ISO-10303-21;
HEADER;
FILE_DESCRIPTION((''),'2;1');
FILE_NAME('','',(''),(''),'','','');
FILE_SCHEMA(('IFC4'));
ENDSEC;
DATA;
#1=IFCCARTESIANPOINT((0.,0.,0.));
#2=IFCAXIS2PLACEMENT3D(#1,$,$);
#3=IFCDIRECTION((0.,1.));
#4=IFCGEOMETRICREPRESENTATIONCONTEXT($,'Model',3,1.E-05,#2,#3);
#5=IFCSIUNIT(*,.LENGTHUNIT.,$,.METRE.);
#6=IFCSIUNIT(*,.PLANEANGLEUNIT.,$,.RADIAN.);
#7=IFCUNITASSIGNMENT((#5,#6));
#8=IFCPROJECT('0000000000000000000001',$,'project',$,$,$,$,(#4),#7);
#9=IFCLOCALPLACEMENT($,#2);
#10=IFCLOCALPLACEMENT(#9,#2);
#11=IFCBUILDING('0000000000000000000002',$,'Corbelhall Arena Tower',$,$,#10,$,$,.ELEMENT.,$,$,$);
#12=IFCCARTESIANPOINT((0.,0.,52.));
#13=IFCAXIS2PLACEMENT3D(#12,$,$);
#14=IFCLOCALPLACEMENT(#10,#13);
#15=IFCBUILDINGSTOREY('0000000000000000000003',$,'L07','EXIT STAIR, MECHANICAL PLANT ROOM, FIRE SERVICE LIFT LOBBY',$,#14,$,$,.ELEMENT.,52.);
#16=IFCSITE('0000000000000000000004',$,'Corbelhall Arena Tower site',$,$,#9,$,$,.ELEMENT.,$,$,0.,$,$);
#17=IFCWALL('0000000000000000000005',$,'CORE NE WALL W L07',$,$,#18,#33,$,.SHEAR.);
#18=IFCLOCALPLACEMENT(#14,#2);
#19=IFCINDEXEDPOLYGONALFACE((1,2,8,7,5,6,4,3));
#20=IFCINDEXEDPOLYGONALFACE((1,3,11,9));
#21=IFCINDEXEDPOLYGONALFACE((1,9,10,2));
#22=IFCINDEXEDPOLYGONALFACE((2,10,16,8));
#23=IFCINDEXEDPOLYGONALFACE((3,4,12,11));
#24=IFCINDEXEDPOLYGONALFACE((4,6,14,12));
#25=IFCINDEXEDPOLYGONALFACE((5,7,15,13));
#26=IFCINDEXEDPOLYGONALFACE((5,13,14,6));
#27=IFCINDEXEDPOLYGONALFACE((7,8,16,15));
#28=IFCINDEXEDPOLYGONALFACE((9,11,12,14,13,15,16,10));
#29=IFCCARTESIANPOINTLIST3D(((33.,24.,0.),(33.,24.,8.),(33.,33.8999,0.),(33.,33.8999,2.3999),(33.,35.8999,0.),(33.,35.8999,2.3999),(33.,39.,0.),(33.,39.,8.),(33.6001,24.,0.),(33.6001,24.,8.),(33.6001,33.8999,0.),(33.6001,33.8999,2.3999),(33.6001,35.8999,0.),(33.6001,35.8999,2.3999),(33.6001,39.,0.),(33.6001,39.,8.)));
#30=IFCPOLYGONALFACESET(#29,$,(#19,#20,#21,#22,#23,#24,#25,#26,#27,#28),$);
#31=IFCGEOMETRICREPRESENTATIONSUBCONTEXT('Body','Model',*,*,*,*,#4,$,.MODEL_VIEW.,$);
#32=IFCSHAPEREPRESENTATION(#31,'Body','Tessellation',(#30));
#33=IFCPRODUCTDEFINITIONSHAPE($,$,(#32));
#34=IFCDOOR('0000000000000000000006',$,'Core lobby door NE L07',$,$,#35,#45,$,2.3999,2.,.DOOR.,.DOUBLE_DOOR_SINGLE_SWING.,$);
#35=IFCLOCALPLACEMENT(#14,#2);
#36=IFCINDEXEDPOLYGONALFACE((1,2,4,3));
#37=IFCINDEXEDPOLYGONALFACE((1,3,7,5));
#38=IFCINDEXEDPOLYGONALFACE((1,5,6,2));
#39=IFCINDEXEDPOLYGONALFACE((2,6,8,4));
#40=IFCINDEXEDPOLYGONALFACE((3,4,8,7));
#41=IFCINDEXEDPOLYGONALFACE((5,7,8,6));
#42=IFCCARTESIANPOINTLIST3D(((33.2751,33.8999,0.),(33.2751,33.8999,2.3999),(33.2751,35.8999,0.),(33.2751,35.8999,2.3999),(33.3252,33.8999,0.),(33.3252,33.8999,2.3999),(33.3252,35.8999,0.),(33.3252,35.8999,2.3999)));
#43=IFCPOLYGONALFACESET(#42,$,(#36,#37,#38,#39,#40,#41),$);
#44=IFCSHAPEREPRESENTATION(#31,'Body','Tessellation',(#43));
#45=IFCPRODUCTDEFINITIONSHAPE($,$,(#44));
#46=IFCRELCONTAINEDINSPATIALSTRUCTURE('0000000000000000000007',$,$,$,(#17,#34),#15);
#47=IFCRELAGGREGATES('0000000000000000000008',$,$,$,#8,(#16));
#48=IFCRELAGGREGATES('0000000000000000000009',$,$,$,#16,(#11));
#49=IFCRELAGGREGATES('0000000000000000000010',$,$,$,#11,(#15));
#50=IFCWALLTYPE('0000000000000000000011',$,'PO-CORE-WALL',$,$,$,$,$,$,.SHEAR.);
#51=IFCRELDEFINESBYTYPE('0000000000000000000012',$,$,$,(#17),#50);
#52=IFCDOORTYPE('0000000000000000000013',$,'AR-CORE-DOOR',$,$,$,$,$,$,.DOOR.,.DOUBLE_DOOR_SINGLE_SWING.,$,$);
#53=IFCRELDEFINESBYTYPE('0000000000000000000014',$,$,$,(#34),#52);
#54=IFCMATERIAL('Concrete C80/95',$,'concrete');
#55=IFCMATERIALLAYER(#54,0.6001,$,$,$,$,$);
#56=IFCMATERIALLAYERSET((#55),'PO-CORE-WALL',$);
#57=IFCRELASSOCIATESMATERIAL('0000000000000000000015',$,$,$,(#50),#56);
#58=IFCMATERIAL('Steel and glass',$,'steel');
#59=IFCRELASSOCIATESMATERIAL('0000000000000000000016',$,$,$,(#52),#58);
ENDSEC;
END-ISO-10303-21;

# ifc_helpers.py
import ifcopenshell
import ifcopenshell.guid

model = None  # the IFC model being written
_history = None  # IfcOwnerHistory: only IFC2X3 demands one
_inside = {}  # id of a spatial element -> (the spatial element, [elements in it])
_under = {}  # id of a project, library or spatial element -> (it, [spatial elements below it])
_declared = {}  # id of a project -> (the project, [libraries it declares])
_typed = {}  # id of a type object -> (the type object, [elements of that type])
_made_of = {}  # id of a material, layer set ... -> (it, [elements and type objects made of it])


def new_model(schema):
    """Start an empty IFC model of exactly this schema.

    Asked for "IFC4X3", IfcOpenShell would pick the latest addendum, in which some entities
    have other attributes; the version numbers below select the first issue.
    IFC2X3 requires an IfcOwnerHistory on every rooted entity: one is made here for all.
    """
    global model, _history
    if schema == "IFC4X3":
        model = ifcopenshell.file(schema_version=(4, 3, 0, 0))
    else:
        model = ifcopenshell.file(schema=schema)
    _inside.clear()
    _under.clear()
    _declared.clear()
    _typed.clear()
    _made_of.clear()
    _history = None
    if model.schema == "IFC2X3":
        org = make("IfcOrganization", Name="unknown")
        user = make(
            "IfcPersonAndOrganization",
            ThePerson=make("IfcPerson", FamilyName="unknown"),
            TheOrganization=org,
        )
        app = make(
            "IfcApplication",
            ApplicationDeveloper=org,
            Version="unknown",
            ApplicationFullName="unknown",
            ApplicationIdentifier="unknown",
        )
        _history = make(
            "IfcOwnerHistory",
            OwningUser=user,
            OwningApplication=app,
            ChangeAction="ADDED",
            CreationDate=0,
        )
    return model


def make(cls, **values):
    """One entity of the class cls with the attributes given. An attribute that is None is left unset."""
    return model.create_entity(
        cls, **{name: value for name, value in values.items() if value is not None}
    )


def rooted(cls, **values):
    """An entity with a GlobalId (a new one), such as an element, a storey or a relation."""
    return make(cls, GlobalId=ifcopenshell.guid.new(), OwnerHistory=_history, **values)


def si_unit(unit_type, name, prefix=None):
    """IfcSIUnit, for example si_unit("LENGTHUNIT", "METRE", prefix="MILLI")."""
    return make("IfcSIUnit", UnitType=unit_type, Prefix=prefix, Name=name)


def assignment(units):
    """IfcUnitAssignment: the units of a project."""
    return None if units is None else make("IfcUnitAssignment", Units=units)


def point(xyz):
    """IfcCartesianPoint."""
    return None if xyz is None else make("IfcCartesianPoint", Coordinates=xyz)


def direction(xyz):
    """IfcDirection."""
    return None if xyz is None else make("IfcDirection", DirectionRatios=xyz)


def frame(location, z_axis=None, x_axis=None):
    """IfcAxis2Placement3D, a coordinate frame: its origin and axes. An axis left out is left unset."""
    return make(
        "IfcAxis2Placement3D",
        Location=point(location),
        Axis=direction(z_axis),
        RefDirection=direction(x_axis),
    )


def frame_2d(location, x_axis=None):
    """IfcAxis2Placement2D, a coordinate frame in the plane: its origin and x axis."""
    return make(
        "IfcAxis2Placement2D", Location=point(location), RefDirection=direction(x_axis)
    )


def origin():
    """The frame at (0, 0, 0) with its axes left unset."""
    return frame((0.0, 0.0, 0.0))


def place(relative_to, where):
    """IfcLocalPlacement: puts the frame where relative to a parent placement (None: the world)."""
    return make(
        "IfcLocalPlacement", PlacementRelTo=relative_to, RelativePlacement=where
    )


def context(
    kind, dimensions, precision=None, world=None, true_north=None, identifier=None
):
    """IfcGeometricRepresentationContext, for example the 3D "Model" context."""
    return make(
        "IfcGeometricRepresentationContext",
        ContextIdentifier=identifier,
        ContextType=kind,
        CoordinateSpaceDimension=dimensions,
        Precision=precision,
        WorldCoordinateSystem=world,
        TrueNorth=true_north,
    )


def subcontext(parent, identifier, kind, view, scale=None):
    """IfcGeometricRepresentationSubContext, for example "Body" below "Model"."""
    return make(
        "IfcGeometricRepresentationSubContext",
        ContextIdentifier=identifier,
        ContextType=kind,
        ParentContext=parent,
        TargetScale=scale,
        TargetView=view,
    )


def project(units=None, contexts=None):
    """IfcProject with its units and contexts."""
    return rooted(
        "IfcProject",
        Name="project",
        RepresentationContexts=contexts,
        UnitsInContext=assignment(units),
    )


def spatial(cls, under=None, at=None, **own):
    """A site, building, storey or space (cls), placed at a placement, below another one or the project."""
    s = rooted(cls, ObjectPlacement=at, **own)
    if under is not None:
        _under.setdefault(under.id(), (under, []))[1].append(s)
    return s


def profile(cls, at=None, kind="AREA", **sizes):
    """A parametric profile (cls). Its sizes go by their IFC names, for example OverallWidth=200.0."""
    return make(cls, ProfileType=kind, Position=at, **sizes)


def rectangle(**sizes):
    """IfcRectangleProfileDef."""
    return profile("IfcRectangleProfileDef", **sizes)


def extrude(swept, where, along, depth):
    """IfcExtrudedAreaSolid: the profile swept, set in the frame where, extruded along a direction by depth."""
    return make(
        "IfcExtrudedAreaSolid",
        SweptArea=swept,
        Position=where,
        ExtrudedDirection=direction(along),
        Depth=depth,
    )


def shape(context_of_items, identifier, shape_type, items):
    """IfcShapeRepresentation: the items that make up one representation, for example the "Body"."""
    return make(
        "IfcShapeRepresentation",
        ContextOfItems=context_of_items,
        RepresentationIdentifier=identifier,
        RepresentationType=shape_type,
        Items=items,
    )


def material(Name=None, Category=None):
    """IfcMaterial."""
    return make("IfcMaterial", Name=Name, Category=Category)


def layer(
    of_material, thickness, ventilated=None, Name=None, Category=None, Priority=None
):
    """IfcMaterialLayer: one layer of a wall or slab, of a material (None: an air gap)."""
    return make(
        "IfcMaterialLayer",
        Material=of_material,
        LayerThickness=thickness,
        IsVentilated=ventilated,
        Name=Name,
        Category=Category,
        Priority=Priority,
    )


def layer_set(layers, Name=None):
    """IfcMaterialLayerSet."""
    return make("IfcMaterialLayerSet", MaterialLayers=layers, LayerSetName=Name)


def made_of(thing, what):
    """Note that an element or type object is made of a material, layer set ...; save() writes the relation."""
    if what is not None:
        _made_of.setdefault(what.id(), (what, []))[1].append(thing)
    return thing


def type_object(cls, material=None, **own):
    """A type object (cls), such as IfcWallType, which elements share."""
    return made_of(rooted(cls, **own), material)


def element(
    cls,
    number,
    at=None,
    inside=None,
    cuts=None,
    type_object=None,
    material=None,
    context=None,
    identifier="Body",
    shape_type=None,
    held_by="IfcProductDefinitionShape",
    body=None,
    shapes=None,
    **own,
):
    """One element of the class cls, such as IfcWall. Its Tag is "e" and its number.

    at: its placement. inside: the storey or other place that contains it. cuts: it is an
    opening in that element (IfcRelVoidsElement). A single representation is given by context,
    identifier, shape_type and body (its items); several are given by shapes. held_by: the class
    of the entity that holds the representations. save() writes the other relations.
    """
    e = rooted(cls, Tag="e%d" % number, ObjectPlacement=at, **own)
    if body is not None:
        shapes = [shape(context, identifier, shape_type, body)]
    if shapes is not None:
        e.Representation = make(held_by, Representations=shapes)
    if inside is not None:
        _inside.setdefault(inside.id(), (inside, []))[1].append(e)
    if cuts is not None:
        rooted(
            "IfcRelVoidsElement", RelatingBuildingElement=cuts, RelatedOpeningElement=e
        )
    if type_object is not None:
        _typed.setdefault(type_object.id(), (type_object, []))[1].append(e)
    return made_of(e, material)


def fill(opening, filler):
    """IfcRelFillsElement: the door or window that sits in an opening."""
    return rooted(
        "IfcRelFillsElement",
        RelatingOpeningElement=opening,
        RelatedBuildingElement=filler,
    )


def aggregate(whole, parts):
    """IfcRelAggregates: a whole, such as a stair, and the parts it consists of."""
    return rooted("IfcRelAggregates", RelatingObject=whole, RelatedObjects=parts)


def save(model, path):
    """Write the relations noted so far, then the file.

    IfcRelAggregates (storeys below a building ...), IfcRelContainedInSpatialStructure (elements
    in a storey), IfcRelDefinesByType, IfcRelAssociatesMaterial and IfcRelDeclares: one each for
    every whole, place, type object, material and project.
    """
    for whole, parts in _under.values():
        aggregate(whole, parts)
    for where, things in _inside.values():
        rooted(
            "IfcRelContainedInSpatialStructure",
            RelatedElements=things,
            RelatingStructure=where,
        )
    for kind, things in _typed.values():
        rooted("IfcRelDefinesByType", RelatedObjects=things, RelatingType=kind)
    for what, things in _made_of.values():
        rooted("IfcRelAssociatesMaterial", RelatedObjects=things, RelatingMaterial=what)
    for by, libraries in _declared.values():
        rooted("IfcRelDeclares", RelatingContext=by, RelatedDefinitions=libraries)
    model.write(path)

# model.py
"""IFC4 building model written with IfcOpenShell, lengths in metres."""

from ifc_helpers import new_model, si_unit, direction, frame, frame_2d, origin, place, context, subcontext, project, spatial, rectangle, extrude, material, layer, layer_set, type_object, element, fill, save


model = new_model("IFC4")

# Units and contexts
model_context = context("Model", 3, precision=1e-05, world=origin(), true_north=direction((0.0, 1.0)))
body_context = subcontext(model_context, "Body", "Model", "MODEL_VIEW")
ifc_project = project(units=[si_unit("LENGTHUNIT", "METRE"), si_unit("PLANEANGLEUNIT", "RADIAN")], contexts=[model_context])

# Site, building, storey
site_placement = place(None, origin())
site = spatial("IfcSite", under=ifc_project, at=site_placement, Name="Corbelhall Arena Tower site", CompositionType="ELEMENT", RefElevation=0.0)
building_placement = place(site_placement, origin())
building = spatial("IfcBuilding", under=site, at=building_placement, Name="Corbelhall Arena Tower", CompositionType="ELEMENT")
storey_placement = place(building_placement, frame((0.0, 0.0, 52.0)))
storey = spatial("IfcBuildingStorey", under=building, at=storey_placement, Name="L07", Description="EXIT STAIR, MECHANICAL PLANT ROOM, FIRE SERVICE LIFT LOBBY", CompositionType="ELEMENT", Elevation=52.0)

# Shared definitions
ifc_material_1 = material(Name="Concrete C80/95", Category="concrete")
ifc_layer_1 = layer(ifc_material_1, 0.6001)
ifc_layer_set_1 = layer_set([ifc_layer_1], Name="PO-CORE-WALL")
wall_type_1 = type_object("IfcWallType", Name="PO-CORE-WALL", PredefinedType="SHEAR", material=ifc_layer_set_1)
ifc_material_2 = material(Name="Steel and glass", Category="steel")

# Wall, opening, door
wall_1_placement = place(storey_placement, frame((33.3, 24.0, 0.0), z_axis=(0.0, 0.0, 1.0), x_axis=(0.0, 1.0, 0.0)))
wall_1 = element("IfcWall", 1, at=wall_1_placement, inside=storey, type_object=wall_type_1, Name="CORE NE WALL W L07", PredefinedType="SHEAR", context=body_context, shape_type="SweptSolid", body=[
    extrude(rectangle(XDim=15.0, YDim=0.6001, at=frame_2d((7.5, 0.0))), origin(), (0.0, 0.0, 1.0), 8.0),
])
opening_1_placement = place(wall_1_placement, frame((9.8999, 0.0, 0.0)))
opening_1 = element("IfcOpeningElement", 2, at=opening_1_placement, cuts=wall_1, PredefinedType="OPENING", context=body_context, shape_type="SweptSolid", body=[
    extrude(rectangle(XDim=2.0, YDim=2.3999, at=frame_2d((1.0, 1.2))), frame((0.0, 0.3, 0.0), z_axis=(0.0, -1.0, 0.0), x_axis=(1.0, 0.0, 0.0)), (0.0, 0.0, 1.0), 0.6001),
])
door_type_1 = type_object("IfcDoorType", Name="AR-CORE-DOOR", OperationType="DOUBLE_DOOR_SINGLE_SWING", PredefinedType="DOOR", material=ifc_material_2)
door_1_placement = place(opening_1_placement, origin())
door_1 = element("IfcDoor", 3, at=door_1_placement, inside=storey, type_object=door_type_1, Name="Core lobby door NE L07", OperationType="DOUBLE_DOOR_SINGLE_SWING", OverallHeight=2.3999, OverallWidth=2.0, PredefinedType="DOOR", context=body_context, shape_type="SweptSolid", body=[
    extrude(rectangle(XDim=2.0, YDim=2.3999, at=frame_2d((1.0, 1.2))), frame((0.0, 0.0249, 0.0), z_axis=(0.0, -1.0, 0.0), x_axis=(1.0, 0.0, 0.0)), (0.0, 0.0, 1.0), 0.05),
])
fill(opening_1, door_1)

save(model, "model.ifc")
